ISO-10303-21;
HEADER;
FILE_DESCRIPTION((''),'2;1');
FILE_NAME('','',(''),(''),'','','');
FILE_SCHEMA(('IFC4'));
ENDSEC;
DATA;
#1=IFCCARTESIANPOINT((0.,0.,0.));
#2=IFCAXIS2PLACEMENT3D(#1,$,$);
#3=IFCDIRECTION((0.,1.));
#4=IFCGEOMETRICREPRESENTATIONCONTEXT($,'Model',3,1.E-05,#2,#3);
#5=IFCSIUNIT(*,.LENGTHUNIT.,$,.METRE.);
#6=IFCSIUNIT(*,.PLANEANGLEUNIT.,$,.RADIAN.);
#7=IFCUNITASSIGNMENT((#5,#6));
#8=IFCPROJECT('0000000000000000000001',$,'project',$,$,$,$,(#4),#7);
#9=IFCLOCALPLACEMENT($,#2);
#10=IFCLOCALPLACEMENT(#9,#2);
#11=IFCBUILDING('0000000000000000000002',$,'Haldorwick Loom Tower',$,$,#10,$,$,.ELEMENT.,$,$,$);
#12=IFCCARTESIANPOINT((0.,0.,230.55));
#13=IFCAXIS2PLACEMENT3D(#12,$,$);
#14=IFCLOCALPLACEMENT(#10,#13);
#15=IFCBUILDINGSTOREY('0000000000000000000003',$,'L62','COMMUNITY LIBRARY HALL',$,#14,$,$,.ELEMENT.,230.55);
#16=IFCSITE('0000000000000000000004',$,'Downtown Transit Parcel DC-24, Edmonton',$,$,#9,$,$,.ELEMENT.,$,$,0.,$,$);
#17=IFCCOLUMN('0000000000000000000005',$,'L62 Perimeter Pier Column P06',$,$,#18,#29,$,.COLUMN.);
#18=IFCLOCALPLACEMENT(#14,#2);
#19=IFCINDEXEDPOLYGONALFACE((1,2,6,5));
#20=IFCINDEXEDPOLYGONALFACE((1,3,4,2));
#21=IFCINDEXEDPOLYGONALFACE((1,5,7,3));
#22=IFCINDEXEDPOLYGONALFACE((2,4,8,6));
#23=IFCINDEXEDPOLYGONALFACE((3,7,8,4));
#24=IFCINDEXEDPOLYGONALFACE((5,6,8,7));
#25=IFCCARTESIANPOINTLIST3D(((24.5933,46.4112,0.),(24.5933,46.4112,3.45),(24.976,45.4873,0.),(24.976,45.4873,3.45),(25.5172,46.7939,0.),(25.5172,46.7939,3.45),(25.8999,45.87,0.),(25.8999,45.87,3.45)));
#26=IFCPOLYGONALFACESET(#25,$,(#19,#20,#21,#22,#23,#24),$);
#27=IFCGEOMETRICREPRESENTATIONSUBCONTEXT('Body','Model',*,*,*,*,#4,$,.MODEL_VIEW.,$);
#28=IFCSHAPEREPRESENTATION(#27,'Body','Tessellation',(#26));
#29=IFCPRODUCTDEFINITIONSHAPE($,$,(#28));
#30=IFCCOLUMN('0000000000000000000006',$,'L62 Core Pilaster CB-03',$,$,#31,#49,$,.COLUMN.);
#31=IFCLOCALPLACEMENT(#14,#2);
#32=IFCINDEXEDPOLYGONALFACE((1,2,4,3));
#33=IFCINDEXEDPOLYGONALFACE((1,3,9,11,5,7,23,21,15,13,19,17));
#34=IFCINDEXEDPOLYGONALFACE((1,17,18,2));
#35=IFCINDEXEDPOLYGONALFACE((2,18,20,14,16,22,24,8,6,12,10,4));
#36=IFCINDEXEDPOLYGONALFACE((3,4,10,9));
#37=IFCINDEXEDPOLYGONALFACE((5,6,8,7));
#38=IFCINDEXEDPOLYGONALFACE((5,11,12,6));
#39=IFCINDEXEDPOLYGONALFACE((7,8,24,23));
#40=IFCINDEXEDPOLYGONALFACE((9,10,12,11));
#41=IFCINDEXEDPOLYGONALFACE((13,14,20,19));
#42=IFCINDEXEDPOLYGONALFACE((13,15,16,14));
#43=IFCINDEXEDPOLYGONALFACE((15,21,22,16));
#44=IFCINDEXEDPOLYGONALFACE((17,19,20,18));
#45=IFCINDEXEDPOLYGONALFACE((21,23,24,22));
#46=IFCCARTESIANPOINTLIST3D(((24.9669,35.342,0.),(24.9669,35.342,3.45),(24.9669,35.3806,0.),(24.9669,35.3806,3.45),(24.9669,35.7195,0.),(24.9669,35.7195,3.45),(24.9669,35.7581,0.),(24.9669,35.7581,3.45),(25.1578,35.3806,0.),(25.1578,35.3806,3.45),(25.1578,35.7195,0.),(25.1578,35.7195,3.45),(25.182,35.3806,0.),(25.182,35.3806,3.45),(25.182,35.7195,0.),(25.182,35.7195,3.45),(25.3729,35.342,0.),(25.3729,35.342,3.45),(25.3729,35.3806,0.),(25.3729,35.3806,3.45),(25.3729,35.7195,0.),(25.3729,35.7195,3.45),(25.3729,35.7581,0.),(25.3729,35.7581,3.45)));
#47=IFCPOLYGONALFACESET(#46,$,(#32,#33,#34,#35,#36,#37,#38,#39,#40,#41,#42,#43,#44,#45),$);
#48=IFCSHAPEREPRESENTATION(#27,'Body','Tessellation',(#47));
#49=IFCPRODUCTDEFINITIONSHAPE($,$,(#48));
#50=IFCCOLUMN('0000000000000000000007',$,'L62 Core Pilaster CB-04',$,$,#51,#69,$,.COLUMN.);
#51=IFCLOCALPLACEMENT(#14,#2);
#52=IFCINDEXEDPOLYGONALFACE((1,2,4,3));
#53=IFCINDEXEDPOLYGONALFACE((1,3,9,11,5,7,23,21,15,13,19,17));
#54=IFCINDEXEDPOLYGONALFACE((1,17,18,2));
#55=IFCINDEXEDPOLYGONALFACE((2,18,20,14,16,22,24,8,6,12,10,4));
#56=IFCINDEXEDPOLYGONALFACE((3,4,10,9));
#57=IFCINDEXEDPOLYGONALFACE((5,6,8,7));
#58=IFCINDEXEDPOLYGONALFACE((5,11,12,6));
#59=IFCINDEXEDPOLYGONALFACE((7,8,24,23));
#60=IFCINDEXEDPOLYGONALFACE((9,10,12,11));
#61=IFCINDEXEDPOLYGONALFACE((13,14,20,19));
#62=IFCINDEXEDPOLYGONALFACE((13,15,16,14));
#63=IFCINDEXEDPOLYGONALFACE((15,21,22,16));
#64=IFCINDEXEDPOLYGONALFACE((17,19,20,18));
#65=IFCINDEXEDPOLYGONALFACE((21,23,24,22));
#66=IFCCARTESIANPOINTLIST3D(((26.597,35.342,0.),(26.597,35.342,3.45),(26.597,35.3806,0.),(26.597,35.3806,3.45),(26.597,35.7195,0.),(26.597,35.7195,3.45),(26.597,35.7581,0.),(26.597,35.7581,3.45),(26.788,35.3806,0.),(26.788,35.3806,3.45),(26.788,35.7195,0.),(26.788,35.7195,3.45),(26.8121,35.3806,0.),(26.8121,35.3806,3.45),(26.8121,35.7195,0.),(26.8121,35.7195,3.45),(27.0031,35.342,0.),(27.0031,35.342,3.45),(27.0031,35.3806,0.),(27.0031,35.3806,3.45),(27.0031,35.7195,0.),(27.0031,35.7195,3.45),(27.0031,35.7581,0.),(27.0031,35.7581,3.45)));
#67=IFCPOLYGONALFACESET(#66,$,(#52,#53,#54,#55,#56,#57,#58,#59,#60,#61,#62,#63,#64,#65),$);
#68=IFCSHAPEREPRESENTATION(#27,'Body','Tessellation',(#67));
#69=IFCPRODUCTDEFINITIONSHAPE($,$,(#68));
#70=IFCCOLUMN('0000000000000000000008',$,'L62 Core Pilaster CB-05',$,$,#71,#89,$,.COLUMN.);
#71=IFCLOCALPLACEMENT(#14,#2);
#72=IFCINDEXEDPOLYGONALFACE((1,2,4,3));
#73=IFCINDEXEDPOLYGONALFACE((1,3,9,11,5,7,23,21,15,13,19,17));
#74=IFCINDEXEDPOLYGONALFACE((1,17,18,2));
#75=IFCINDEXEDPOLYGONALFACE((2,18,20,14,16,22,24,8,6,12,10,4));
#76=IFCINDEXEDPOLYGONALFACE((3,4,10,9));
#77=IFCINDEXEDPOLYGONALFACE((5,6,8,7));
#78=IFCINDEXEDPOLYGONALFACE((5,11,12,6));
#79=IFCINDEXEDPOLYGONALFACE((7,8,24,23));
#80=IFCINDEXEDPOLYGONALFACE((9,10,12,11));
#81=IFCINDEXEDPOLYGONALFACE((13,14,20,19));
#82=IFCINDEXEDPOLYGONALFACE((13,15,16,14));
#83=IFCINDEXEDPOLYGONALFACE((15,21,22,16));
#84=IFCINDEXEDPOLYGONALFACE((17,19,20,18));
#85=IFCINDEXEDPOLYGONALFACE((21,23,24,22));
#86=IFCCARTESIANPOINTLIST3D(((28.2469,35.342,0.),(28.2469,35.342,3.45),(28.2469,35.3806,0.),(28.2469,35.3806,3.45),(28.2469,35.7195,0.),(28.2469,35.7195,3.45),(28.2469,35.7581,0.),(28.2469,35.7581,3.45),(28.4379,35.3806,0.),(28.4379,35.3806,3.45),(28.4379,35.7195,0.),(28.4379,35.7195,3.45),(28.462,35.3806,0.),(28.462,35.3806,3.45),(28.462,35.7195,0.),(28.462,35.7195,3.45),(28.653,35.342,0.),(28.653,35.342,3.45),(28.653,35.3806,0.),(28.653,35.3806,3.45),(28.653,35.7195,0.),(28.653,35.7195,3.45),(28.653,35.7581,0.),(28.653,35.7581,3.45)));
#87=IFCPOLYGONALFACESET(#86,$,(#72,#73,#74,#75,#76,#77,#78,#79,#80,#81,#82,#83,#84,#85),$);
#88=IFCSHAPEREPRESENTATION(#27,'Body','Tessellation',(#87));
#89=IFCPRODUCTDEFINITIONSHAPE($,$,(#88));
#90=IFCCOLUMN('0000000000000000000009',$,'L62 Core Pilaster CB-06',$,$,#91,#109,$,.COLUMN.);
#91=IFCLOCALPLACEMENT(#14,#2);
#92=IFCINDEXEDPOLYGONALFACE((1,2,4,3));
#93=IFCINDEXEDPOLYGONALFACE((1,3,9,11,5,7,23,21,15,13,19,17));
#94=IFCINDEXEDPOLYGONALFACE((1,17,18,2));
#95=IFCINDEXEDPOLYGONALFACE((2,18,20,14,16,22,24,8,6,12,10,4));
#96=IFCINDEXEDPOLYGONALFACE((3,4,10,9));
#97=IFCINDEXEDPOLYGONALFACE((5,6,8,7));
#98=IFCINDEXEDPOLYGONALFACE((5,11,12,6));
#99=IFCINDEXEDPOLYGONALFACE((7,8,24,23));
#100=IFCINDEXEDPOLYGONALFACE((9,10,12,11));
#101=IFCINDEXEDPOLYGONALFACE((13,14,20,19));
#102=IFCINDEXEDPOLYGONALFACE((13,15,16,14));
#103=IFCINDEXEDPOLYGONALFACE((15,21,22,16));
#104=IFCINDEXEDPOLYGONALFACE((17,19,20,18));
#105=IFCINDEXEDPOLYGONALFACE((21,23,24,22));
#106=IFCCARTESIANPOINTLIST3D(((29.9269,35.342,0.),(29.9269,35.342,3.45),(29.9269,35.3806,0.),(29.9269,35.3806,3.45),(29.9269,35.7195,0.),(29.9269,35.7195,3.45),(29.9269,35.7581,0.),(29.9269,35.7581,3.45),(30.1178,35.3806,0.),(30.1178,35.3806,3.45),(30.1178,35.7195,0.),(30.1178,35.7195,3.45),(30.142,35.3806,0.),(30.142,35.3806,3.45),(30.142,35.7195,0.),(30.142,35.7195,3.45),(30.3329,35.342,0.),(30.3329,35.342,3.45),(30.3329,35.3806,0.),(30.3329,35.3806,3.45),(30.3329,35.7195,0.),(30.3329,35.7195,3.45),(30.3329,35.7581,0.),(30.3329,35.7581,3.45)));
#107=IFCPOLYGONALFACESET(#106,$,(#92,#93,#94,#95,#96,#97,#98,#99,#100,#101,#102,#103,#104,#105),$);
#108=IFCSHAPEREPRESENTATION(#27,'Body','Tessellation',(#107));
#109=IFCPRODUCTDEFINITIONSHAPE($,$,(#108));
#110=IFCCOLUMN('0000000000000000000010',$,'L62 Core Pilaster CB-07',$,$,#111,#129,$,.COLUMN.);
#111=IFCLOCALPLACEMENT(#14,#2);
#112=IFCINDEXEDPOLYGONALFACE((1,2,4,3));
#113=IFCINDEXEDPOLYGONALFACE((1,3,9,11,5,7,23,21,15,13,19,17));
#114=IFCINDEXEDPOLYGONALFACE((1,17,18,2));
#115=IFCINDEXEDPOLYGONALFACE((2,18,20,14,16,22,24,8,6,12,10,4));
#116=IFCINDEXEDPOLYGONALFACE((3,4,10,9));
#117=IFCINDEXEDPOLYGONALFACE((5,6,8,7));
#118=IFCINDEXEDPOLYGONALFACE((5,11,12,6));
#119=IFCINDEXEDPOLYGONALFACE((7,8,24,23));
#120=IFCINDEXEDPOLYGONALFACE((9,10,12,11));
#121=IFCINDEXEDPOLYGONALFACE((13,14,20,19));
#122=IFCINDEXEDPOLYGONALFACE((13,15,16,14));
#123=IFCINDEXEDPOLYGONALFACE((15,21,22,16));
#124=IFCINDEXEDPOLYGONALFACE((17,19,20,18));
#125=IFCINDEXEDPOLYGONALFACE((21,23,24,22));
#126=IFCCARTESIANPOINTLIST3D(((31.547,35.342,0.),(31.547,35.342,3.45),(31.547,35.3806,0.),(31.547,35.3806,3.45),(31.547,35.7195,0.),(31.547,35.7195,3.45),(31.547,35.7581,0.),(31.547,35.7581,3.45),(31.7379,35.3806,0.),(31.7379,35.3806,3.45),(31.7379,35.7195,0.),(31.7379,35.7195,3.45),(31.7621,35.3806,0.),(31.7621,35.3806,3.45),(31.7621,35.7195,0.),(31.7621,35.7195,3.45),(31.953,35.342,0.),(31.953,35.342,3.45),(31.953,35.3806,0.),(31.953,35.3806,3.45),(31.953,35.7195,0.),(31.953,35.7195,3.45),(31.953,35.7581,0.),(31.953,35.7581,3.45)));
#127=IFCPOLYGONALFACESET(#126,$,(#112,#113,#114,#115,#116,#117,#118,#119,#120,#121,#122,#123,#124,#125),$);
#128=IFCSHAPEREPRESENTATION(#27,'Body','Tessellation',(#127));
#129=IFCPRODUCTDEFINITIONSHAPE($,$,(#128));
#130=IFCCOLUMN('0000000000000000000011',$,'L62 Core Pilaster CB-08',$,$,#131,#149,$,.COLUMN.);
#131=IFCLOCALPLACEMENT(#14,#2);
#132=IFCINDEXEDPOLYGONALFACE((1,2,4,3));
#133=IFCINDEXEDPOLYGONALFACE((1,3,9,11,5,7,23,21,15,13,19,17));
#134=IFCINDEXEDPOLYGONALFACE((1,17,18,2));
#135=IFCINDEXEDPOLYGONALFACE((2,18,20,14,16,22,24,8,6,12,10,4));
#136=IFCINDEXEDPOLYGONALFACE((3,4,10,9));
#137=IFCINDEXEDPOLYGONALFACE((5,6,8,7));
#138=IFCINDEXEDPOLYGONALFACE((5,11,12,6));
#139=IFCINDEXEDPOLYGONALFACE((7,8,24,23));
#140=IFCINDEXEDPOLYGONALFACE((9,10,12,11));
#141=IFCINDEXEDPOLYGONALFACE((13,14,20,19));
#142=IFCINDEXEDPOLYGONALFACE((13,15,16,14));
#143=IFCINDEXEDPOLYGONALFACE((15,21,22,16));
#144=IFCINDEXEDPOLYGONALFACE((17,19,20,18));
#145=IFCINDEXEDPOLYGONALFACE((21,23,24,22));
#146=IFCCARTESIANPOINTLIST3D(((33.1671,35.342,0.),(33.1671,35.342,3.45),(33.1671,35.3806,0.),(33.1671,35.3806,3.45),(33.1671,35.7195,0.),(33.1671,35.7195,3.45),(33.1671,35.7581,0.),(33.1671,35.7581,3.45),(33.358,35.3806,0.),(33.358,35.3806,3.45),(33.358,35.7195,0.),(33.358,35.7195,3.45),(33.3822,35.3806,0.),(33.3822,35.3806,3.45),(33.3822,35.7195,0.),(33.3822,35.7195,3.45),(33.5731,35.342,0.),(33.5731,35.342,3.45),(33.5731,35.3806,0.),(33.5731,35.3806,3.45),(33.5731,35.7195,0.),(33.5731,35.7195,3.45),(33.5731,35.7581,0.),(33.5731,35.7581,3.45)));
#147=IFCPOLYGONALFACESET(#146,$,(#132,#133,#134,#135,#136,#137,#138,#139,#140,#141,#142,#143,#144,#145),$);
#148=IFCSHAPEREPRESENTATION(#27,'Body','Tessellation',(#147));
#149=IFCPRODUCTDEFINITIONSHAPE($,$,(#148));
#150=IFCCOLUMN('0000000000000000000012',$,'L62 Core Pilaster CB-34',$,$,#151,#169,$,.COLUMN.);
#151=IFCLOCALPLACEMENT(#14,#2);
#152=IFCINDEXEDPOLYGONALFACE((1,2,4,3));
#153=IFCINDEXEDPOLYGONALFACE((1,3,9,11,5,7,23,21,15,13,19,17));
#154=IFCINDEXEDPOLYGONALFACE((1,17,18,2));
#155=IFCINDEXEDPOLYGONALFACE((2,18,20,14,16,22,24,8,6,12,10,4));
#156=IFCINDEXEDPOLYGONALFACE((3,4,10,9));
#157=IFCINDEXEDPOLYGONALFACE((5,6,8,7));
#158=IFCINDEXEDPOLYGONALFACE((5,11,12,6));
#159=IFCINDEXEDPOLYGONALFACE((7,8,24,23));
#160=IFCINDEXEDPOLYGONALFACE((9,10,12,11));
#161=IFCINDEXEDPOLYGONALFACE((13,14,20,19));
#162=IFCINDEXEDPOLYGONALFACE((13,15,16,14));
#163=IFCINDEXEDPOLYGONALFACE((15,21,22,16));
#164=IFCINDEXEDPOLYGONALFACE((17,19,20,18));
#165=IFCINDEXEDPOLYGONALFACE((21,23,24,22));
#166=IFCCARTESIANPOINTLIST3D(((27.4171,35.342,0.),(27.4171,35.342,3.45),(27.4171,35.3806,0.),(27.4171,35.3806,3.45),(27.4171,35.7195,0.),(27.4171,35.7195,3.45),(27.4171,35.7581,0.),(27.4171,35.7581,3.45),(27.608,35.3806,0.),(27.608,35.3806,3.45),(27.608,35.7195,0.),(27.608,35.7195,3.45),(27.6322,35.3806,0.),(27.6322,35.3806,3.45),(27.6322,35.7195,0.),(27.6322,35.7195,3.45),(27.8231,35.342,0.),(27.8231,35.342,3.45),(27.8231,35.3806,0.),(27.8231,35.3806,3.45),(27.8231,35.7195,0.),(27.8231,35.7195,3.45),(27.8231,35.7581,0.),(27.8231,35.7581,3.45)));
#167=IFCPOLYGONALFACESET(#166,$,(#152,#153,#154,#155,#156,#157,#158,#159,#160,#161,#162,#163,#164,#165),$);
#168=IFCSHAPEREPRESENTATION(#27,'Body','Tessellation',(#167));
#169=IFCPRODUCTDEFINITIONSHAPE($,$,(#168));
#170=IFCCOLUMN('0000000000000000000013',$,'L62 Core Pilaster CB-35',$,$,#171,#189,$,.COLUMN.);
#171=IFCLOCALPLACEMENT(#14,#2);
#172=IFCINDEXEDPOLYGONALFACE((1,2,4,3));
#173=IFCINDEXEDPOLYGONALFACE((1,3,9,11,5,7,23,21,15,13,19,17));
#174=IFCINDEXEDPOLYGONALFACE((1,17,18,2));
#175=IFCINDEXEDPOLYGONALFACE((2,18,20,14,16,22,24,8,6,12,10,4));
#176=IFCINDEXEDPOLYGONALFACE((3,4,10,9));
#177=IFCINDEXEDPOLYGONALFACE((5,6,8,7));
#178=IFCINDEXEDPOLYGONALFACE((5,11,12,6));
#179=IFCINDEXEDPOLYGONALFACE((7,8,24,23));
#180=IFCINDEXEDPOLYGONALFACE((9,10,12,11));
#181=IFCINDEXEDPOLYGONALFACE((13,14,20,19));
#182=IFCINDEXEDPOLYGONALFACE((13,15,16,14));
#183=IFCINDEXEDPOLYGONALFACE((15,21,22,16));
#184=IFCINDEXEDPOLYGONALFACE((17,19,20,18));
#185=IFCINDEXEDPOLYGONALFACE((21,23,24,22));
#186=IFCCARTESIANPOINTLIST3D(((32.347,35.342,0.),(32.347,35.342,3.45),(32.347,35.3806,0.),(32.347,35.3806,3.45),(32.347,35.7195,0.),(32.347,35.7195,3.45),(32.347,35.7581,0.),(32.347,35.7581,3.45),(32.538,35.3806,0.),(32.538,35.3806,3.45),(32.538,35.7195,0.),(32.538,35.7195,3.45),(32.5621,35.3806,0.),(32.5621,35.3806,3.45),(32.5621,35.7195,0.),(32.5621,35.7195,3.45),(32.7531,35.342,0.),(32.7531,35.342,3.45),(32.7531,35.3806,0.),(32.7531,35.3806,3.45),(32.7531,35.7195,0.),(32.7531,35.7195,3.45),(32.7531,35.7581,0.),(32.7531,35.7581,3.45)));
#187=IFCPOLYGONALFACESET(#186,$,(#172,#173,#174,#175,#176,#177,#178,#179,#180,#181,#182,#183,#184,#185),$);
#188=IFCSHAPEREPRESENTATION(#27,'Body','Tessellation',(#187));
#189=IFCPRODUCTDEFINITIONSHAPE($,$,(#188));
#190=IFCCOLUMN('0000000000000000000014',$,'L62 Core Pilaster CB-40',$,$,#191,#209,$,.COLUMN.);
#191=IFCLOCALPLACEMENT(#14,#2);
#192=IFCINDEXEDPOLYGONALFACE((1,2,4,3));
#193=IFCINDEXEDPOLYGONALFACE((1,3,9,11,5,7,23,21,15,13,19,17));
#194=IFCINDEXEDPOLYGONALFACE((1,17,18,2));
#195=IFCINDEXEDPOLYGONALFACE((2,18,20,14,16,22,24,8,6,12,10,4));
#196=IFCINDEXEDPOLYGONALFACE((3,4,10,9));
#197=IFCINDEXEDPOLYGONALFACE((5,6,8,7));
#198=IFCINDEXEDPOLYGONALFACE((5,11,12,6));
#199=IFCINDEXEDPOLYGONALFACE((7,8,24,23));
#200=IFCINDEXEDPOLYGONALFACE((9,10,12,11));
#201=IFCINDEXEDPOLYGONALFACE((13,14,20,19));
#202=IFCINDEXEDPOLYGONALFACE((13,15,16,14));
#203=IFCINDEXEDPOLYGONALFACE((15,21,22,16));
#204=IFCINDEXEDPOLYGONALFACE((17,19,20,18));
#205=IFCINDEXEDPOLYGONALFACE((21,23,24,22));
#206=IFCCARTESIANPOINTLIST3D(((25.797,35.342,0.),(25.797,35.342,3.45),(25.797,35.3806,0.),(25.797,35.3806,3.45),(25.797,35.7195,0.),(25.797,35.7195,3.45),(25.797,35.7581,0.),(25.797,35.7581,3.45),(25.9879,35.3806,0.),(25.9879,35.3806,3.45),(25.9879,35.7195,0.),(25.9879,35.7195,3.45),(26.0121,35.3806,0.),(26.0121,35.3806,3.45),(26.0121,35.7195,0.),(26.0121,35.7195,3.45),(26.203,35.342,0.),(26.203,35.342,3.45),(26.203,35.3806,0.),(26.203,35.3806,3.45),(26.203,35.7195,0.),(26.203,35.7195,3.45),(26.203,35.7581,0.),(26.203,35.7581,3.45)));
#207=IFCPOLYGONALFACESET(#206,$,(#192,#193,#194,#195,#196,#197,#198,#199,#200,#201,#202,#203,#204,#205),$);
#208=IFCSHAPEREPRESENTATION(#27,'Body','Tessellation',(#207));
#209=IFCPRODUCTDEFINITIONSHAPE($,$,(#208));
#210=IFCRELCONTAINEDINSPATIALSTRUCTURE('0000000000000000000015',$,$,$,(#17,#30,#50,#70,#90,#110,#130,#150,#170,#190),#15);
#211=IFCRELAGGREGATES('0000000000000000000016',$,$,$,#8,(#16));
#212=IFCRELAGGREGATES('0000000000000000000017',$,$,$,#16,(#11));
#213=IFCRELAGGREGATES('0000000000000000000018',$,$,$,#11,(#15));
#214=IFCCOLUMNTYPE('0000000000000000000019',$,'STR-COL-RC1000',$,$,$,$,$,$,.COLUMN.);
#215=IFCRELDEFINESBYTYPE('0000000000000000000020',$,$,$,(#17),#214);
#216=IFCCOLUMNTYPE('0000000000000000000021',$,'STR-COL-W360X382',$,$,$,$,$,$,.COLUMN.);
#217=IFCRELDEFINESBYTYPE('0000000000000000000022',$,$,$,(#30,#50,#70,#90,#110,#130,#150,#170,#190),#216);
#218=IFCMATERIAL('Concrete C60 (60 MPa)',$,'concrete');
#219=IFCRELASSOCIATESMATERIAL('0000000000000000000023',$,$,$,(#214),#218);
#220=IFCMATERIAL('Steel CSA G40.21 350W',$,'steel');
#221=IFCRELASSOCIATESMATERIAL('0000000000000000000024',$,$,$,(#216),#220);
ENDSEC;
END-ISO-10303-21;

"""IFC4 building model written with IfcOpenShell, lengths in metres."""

from ifc_helpers import new_model, si_unit, direction, frame, origin, origin_2d, place, context, subcontext, project, spatial, rectangle, i_section, extrude, material, material_profile, profile_set, type_object, element, save


model = new_model("IFC4")

# Units and contexts
model_context = context("Model", 3, precision=1e-05, world=origin(), true_north=direction((0.0, 1.0)))
body_context = subcontext(model_context, "Body", "Model", "MODEL_VIEW")
ifc_project = project(units=[si_unit("LENGTHUNIT", "METRE"), si_unit("PLANEANGLEUNIT", "RADIAN")], contexts=[model_context])

# Site, building, storey
site_placement = place(None, origin())
site = spatial("IfcSite", under=ifc_project, at=site_placement, Name="Downtown Transit Parcel DC-24, Edmonton", CompositionType="ELEMENT", RefElevation=0.0)
building_placement = place(site_placement, origin())
building = spatial("IfcBuilding", under=site, at=building_placement, Name="Haldorwick Loom Tower", CompositionType="ELEMENT")
storey_placement = place(building_placement, frame((0.0, 0.0, 230.55)))
storey = spatial("IfcBuildingStorey", under=building, at=storey_placement, Name="L62", Description="COMMUNITY LIBRARY HALL", CompositionType="ELEMENT", Elevation=230.55)

# Columns
ifc_material_1 = material(Name="Concrete C60 (60 MPa)", Category="concrete")
ifc_material_profile_1 = material_profile(ifc_material_1, rectangle(XDim=1.0, YDim=1.0, at=origin_2d()), Name="RC1000X1000", Category="concrete")
ifc_profile_set_1 = profile_set([ifc_material_profile_1], Name="Concrete C60 (60 MPa)")
column_type_1 = type_object("IfcColumnType", Name="STR-COL-RC1000", PredefinedType="COLUMN", material=ifc_profile_set_1)
column_placement = place(storey_placement, frame((25.2466, 46.1406, 0.0), z_axis=(0.0, 0.0, 1.0), x_axis=(-0.382683, 0.92388, 0.0)))
element("IfcColumn", 1, at=column_placement, inside=storey, type_object=column_type_1, Name="L62 Perimeter Pier Column P06", PredefinedType="COLUMN", context=body_context, shape_type="SweptSolid", body=[
    extrude(rectangle(XDim=1.0, YDim=1.0, at=origin_2d()), origin(), (0.0, 0.0, 1.0), 3.45),
])
ifc_material_2 = material(Name="Steel CSA G40.21 350W", Category="steel")
ifc_material_profile_2 = material_profile(ifc_material_2, i_section(OverallWidth=0.406, OverallDepth=0.416, WebThickness=0.0242, FlangeThickness=0.0386, at=origin_2d()), Name="W360X382", Category="steel")
ifc_profile_set_2 = profile_set([ifc_material_profile_2], Name="Steel CSA G40.21 350W")
column_type_2 = type_object("IfcColumnType", Name="STR-COL-W360X382", PredefinedType="COLUMN", material=ifc_profile_set_2)
for number, where, z_axis, x_axis, name in (
    (2, (25.1699, 35.55, 0.0), (0.0, 0.0, 1.0), (1.0, 0.0, 0.0), "L62 Core Pilaster CB-03"),
    (3, (26.8, 35.55, 0.0), (0.0, 0.0, 1.0), (1.0, 0.0, 0.0), "L62 Core Pilaster CB-04"),
    (4, (28.45, 35.55, 0.0), (0.0, 0.0, 1.0), (1.0, 0.0, 0.0), "L62 Core Pilaster CB-05"),
    (5, (30.1299, 35.55, 0.0), (0.0, 0.0, 1.0), (1.0, 0.0, 0.0), "L62 Core Pilaster CB-06"),
    (6, (31.75, 35.55, 0.0), (0.0, 0.0, 1.0), (1.0, 0.0, 0.0), "L62 Core Pilaster CB-07"),
    (7, (33.3701, 35.55, 0.0), (0.0, 0.0, 1.0), (1.0, 0.0, 0.0), "L62 Core Pilaster CB-08"),
    (8, (27.6201, 35.55, 0.0), (0.0, 0.0, 1.0), (1.0, 0.0, 0.0), "L62 Core Pilaster CB-34"),
    (9, (32.55, 35.55, 0.0), (0.0, 0.0, 1.0), (1.0, 0.0, 0.0), "L62 Core Pilaster CB-35"),
    (10, (26.0, 35.55, 0.0), (0.0, 0.0, 1.0), (1.0, 0.0, 0.0), "L62 Core Pilaster CB-40"),
):
    element("IfcColumn", number, at=place(storey_placement, frame(where, z_axis=z_axis, x_axis=x_axis)), inside=storey, type_object=column_type_2, Name=name, PredefinedType="COLUMN", context=body_context, shape_type="SweptSolid", body=[
        extrude(i_section(OverallWidth=0.406, OverallDepth=0.416, WebThickness=0.0242, FlangeThickness=0.0386, at=origin_2d()), origin(), (0.0, 0.0, 1.0), 3.45),
    ])

save(model, "model.ifc")
